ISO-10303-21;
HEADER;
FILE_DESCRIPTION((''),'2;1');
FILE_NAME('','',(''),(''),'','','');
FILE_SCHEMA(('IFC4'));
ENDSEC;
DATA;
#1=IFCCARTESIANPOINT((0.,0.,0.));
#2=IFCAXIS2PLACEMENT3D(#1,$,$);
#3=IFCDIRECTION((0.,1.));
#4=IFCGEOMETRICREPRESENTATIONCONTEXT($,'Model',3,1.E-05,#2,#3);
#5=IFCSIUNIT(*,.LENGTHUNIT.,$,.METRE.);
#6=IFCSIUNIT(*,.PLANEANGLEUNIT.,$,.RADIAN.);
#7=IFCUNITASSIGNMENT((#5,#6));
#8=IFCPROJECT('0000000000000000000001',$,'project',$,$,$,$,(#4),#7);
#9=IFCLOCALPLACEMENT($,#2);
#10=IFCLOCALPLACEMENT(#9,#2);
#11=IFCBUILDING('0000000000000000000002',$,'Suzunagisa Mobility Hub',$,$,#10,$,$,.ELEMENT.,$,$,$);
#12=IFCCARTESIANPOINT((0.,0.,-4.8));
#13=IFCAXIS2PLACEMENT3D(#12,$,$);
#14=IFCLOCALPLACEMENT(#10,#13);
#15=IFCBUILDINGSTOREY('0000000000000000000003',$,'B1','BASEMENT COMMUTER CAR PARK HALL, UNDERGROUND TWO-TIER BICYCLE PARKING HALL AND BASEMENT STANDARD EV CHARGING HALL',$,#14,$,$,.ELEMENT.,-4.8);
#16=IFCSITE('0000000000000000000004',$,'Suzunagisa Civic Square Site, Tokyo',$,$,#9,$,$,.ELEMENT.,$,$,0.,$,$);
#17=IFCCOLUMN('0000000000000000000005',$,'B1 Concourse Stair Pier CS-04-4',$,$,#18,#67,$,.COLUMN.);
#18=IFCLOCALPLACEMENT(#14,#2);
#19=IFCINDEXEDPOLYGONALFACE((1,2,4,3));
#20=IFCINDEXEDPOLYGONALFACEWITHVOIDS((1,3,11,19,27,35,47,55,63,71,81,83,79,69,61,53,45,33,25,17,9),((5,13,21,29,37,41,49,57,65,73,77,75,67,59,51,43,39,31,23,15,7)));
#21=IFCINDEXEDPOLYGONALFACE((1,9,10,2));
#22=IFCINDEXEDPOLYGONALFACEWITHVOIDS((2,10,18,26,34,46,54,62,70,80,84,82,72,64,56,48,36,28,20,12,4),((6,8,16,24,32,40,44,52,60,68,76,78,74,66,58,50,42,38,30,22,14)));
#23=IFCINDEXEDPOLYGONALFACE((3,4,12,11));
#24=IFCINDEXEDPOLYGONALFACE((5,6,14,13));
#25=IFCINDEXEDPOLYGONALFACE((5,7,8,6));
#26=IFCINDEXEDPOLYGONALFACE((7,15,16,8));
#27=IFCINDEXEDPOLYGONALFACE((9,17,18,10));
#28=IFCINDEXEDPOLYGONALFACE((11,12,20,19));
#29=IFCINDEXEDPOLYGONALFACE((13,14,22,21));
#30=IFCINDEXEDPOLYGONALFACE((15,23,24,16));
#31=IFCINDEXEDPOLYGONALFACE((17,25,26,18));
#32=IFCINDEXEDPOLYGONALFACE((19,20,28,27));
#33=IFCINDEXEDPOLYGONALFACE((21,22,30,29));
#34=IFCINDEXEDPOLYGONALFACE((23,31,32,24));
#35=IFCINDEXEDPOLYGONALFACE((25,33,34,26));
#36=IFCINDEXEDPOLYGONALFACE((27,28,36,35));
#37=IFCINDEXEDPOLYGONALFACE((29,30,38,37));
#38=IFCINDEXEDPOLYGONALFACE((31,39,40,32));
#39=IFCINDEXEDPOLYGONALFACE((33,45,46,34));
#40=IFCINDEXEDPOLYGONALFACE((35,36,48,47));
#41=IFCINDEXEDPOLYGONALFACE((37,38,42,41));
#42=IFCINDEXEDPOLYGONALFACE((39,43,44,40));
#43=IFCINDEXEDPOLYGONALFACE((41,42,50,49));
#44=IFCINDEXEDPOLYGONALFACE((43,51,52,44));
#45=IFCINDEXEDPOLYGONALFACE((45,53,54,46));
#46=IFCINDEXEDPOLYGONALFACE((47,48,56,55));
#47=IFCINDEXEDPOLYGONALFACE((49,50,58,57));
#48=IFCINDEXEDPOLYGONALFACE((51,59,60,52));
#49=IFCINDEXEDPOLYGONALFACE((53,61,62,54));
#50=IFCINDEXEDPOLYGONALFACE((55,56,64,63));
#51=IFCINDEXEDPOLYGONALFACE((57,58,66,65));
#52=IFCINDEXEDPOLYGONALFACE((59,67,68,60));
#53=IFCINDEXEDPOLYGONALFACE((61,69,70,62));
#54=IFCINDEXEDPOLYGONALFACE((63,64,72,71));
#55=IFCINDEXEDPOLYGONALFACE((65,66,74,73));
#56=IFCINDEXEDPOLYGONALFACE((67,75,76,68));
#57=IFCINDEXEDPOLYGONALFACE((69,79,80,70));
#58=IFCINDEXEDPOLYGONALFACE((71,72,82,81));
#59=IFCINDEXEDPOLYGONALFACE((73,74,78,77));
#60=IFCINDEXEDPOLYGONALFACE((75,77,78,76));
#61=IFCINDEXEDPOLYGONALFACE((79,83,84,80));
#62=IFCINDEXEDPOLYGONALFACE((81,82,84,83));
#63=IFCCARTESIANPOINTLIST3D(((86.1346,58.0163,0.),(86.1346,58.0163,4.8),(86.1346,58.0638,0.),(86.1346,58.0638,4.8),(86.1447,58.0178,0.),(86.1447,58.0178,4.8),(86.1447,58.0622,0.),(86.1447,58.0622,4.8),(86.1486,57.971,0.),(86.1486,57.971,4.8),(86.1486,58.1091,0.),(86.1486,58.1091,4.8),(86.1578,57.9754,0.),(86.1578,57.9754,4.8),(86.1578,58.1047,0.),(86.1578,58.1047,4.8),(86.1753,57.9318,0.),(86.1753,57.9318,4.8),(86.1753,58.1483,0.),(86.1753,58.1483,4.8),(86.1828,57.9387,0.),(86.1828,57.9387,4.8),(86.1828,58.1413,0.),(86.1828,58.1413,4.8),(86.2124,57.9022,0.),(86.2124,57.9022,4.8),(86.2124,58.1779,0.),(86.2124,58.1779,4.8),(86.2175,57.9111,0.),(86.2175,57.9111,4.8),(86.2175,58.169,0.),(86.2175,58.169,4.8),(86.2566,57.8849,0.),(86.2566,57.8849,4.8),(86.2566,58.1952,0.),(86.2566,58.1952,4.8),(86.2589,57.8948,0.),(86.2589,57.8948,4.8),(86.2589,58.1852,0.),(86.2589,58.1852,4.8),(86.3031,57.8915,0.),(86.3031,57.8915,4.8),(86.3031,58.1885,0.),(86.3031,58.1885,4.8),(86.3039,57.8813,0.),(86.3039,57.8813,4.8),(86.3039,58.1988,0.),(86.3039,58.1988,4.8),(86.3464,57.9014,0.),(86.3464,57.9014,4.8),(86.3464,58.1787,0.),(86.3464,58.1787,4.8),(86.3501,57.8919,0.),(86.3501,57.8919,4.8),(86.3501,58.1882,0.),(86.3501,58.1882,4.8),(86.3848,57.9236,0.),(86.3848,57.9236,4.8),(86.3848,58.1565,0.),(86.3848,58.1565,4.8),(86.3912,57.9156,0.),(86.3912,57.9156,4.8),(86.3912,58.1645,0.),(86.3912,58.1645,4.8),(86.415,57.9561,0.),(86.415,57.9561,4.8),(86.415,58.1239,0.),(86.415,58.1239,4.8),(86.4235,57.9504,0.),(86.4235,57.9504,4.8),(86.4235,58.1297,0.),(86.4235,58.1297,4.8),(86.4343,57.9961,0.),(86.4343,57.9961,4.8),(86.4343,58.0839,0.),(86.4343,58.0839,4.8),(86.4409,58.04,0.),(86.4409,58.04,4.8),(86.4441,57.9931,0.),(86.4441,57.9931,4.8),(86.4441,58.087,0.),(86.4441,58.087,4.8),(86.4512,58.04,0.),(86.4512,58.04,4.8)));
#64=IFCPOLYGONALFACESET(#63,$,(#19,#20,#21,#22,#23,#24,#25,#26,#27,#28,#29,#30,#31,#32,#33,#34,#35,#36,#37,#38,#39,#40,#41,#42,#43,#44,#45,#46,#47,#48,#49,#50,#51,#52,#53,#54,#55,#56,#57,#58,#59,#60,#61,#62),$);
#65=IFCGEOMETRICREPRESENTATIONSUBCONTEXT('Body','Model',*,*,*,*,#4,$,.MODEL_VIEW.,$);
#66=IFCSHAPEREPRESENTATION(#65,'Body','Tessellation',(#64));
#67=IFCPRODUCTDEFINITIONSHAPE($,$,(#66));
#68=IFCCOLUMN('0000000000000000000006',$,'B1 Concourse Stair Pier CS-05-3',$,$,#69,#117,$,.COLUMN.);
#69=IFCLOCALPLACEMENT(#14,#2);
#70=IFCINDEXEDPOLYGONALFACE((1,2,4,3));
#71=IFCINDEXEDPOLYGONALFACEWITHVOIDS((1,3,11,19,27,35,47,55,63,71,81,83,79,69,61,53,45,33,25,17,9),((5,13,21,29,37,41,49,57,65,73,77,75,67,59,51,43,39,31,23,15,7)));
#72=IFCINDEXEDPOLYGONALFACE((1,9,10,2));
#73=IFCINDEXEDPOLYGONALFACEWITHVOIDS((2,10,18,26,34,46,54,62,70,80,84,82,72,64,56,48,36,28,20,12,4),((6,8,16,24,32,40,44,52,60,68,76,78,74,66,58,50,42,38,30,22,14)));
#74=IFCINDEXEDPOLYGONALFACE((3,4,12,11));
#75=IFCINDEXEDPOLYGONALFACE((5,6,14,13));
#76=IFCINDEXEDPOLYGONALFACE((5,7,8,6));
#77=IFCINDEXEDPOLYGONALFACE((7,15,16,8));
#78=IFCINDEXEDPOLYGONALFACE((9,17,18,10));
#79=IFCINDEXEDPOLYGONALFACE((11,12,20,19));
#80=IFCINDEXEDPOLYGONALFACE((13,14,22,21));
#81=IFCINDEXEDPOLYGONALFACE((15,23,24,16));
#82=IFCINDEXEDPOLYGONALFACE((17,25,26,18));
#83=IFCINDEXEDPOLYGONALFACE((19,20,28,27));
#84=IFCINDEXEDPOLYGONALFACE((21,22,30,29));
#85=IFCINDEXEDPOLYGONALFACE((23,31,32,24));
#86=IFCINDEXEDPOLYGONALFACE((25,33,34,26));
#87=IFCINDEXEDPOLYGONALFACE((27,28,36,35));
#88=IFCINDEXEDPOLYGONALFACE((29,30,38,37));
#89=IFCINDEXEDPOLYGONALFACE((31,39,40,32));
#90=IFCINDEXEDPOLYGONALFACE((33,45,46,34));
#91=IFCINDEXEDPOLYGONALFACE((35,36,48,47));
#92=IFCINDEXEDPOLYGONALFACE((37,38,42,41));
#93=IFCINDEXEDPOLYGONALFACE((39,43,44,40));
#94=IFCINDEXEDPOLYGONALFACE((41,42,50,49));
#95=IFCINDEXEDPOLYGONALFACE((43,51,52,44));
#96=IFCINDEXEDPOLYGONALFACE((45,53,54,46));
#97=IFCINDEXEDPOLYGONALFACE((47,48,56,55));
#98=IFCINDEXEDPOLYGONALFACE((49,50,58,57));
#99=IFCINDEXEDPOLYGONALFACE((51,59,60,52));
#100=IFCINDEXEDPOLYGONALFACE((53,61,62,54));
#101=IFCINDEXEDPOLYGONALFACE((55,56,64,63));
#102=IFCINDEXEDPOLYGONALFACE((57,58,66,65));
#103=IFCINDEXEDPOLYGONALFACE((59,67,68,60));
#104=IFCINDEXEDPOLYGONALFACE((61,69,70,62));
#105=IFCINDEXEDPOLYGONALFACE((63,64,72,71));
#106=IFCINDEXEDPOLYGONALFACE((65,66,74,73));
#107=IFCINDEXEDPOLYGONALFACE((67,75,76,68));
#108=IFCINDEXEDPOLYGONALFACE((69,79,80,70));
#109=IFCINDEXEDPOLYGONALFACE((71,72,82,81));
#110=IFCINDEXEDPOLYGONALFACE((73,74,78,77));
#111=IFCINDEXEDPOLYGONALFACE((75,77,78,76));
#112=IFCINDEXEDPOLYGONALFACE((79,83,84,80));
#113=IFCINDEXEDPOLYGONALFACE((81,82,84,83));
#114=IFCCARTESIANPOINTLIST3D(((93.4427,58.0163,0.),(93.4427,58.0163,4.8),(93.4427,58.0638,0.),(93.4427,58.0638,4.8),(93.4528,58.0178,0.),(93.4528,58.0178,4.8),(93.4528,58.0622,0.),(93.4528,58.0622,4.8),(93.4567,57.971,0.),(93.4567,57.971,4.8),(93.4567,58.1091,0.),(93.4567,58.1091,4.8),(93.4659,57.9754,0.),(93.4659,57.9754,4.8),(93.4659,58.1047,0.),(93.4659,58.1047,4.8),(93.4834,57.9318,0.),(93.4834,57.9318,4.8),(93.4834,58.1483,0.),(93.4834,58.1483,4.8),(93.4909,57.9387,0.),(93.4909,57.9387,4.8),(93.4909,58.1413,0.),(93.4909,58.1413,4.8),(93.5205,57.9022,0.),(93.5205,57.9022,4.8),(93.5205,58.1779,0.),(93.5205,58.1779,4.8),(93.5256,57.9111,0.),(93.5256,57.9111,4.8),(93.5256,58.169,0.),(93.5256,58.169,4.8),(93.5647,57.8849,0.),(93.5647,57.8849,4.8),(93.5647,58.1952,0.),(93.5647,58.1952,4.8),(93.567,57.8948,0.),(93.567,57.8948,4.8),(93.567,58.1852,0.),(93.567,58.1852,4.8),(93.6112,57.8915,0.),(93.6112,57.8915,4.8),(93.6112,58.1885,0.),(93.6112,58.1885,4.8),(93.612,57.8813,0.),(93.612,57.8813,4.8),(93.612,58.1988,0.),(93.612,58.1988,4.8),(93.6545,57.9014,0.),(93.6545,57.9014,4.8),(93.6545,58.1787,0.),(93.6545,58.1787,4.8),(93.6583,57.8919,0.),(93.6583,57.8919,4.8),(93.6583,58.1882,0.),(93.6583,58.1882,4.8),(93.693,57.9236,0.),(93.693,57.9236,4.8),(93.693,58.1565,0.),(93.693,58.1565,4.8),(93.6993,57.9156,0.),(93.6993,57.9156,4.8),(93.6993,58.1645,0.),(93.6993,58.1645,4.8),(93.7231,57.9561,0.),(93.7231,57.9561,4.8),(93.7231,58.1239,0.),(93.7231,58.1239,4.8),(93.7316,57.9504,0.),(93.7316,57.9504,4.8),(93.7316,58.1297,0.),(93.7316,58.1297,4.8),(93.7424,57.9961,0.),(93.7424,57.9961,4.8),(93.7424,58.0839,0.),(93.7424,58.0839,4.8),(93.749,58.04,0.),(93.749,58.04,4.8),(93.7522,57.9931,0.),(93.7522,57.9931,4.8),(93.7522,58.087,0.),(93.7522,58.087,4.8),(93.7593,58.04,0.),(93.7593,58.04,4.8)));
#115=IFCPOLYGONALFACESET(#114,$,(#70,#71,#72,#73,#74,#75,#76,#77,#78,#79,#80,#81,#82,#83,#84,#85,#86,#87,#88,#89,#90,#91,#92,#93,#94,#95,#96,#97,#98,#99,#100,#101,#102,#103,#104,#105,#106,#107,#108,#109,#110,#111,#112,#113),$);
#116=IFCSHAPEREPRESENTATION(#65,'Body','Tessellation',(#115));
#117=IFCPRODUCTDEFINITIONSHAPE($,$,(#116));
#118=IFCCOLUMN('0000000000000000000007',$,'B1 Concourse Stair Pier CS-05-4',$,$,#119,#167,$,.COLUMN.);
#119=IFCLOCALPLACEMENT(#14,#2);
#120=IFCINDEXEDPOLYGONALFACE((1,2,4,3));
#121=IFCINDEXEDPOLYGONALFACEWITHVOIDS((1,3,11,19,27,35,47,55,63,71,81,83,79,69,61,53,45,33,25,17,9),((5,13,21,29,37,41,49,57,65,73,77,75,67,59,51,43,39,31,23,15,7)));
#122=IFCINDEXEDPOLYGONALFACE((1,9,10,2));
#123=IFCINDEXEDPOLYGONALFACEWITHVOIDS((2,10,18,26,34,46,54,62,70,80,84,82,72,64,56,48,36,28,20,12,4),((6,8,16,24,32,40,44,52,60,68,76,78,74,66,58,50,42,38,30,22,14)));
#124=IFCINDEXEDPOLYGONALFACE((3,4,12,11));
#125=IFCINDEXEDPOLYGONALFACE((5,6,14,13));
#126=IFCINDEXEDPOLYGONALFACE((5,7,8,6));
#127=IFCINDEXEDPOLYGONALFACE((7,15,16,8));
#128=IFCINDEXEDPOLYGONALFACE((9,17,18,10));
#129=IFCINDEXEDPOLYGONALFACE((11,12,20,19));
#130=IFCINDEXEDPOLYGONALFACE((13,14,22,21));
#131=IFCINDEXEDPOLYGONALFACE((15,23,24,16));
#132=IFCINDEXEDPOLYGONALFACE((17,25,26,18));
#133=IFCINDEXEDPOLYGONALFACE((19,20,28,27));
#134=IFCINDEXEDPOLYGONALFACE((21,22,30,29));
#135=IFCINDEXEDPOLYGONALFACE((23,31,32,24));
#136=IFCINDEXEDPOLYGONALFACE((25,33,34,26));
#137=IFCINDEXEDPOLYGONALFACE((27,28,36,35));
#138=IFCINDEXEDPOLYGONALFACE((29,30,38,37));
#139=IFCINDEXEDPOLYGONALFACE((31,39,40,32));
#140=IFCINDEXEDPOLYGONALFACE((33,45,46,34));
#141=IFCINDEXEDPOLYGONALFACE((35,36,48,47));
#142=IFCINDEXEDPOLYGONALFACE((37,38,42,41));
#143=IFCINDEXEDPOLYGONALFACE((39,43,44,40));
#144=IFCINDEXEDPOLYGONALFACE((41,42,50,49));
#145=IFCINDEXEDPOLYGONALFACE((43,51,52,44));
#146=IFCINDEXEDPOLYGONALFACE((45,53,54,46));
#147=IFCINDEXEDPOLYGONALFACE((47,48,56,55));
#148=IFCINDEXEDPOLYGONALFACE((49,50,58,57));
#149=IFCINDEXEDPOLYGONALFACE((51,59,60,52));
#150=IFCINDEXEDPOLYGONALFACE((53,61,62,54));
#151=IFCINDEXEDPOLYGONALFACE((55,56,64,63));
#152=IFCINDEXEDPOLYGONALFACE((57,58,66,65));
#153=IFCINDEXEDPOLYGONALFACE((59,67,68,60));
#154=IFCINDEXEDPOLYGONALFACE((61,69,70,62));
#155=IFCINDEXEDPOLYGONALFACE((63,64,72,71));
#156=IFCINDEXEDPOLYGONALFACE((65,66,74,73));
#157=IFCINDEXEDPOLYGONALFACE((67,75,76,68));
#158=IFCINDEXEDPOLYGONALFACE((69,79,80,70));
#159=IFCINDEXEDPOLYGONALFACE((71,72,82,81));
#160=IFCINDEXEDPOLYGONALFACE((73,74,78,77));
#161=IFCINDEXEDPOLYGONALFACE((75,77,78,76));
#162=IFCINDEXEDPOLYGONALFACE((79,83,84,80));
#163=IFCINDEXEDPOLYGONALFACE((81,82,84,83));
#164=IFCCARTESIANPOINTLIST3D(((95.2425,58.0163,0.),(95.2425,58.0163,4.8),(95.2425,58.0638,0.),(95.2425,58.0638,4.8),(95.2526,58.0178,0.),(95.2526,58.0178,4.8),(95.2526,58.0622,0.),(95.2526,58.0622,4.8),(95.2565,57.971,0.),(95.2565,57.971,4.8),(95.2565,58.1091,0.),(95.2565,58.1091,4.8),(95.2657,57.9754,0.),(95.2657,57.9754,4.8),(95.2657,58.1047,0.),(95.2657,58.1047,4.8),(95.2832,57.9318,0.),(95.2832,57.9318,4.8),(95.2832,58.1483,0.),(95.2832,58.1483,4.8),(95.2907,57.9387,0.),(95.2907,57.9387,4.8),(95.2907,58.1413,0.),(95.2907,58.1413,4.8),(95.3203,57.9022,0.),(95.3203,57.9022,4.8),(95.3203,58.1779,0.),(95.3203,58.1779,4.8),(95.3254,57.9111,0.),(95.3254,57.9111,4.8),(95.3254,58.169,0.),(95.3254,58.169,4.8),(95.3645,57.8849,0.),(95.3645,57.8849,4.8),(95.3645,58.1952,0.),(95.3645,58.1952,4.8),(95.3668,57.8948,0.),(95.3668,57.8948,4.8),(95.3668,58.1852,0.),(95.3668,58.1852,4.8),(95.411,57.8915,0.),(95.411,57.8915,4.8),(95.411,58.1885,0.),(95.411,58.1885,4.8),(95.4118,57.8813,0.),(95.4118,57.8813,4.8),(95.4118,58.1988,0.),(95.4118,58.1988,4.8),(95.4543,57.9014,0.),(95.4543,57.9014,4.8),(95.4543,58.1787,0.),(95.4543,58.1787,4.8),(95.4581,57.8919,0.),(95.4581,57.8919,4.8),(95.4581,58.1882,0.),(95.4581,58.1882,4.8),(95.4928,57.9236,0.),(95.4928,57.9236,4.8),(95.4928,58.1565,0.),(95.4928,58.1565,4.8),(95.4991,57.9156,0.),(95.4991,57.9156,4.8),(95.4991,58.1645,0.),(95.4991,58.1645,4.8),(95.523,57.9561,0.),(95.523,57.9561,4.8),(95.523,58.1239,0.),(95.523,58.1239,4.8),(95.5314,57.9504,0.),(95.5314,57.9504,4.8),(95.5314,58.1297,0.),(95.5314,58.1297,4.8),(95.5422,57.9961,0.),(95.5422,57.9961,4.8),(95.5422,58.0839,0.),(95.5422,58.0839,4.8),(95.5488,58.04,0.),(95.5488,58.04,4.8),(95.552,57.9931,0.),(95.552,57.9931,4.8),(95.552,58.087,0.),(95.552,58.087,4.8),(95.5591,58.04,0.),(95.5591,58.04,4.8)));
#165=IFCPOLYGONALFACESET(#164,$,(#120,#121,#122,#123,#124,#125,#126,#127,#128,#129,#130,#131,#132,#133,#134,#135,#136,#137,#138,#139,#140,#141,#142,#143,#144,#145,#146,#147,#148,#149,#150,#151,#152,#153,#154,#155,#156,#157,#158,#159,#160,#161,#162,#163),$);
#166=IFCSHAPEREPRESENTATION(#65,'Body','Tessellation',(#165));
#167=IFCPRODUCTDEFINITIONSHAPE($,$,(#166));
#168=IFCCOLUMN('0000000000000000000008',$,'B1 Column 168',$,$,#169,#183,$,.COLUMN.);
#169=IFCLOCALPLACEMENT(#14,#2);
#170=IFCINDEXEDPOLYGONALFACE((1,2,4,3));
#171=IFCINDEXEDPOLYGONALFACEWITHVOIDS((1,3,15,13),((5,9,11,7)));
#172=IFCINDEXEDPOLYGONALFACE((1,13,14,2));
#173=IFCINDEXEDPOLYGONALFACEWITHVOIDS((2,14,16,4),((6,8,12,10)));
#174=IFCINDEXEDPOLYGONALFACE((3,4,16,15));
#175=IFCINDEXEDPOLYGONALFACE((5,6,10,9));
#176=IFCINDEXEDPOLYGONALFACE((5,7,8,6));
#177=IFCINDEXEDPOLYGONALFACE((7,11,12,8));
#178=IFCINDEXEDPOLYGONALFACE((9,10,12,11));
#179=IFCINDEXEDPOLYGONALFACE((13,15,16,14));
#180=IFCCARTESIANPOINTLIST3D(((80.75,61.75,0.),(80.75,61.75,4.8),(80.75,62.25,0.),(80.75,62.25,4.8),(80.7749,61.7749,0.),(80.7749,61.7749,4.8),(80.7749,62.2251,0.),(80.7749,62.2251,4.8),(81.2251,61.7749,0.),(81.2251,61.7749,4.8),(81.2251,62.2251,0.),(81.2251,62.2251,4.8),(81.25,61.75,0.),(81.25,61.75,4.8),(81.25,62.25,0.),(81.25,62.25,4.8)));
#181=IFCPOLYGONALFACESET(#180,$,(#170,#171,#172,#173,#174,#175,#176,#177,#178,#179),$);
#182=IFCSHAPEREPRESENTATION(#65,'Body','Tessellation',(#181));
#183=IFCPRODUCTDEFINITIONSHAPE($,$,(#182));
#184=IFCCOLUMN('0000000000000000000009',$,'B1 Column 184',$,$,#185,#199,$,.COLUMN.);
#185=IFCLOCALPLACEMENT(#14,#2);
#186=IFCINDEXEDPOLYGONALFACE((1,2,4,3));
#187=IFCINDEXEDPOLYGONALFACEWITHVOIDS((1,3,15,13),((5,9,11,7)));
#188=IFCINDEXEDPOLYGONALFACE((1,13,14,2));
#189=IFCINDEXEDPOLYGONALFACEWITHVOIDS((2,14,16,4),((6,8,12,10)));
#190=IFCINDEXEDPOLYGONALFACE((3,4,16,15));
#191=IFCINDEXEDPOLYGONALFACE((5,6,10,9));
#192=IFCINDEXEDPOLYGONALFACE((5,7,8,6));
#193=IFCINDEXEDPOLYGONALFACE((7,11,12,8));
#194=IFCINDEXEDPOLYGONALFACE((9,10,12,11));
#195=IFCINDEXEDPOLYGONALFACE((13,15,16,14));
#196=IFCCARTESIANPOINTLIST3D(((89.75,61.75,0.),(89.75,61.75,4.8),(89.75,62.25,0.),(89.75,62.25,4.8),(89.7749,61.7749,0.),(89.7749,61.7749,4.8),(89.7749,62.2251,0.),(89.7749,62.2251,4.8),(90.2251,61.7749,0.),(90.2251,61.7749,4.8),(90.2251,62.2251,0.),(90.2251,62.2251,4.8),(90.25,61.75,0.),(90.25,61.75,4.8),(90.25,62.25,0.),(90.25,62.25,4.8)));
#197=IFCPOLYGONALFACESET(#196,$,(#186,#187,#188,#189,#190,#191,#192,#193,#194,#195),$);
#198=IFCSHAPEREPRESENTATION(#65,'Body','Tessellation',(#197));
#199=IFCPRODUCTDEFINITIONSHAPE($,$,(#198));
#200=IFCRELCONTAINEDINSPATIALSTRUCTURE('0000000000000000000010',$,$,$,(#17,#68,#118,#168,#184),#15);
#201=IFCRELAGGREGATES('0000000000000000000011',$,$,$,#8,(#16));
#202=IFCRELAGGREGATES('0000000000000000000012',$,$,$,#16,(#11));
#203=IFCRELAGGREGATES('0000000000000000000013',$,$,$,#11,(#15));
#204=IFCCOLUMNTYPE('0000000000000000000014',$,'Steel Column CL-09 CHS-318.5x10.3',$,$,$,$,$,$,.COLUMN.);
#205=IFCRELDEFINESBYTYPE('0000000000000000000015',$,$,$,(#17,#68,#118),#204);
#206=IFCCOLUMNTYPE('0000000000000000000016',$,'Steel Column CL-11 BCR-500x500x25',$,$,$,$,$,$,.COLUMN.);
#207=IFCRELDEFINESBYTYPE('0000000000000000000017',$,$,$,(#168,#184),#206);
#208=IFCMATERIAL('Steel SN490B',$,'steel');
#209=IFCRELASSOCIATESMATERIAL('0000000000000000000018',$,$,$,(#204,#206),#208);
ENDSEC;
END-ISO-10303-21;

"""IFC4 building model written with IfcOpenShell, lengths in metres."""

from ifc_helpers import new_model, si_unit, direction, frame, origin, origin_2d, place, context, subcontext, project, spatial, hollow_rectangle, hollow_circle, extrude, material, material_profile, profile_set, type_object, element, save


model = new_model("IFC4")

# Units and contexts
model_context = context("Model", 3, precision=1e-05, world=origin(), true_north=direction((0.0, 1.0)))
body_context = subcontext(model_context, "Body", "Model", "MODEL_VIEW")
ifc_project = project(units=[si_unit("LENGTHUNIT", "METRE"), si_unit("PLANEANGLEUNIT", "RADIAN")], contexts=[model_context])

# Site, building, storey
site_placement = place(None, origin())
site = spatial("IfcSite", under=ifc_project, at=site_placement, Name="Suzunagisa Civic Square Site, Tokyo", CompositionType="ELEMENT", RefElevation=0.0)
building_placement = place(site_placement, origin())
building = spatial("IfcBuilding", under=site, at=building_placement, Name="Suzunagisa Mobility Hub", CompositionType="ELEMENT")
storey_placement = place(building_placement, frame((0.0, 0.0, -4.8)))
storey = spatial("IfcBuildingStorey", under=building, at=storey_placement, Name="B1", Description="BASEMENT COMMUTER CAR PARK HALL, UNDERGROUND TWO-TIER BICYCLE PARKING HALL AND BASEMENT STANDARD EV CHARGING HALL", CompositionType="ELEMENT", Elevation=-4.8)

# Columns
ifc_material_1 = material(Name="Steel SN490B", Category="steel")
ifc_material_profile_1 = material_profile(ifc_material_1, hollow_circle(Radius=0.1592, WallThickness=0.0103, at=origin_2d()), Name="CHS-318.5x10.3")
ifc_profile_set_1 = profile_set([ifc_material_profile_1], Name="Steel SN490B")
column_type_1 = type_object("IfcColumnType", Name="Steel Column CL-09 CHS-318.5x10.3", PredefinedType="COLUMN", material=ifc_profile_set_1)
for number, where, z_axis, x_axis, name in (
    (1, (86.292, 58.04, 0.0), (0.0, 0.0, 1.0), (1.0, 0.0, 0.0), "B1 Concourse Stair Pier CS-04-4"),
    (2, (93.6001, 58.04, 0.0), (0.0, 0.0, 1.0), (1.0, 0.0, 0.0), "B1 Concourse Stair Pier CS-05-3"),
    (3, (95.3999, 58.04, 0.0), (0.0, 0.0, 1.0), (1.0, 0.0, 0.0), "B1 Concourse Stair Pier CS-05-4"),
):
    element("IfcColumn", number, at=place(storey_placement, frame(where, z_axis=z_axis, x_axis=x_axis)), inside=storey, type_object=column_type_1, Name=name, PredefinedType="COLUMN", context=body_context, shape_type="SweptSolid", body=[
        extrude(hollow_circle(Radius=0.1592, WallThickness=0.0103, at=origin_2d()), origin(), (0.0, 0.0, 1.0), 4.8),
    ])
ifc_material_profile_2 = material_profile(ifc_material_1, hollow_rectangle(XDim=0.5, YDim=0.5, WallThickness=0.0249, at=origin_2d()), Name="BCR-500x500x25")
ifc_profile_set_2 = profile_set([ifc_material_profile_2], Name="Steel SN490B")
column_type_2 = type_object("IfcColumnType", Name="Steel Column CL-11 BCR-500x500x25", PredefinedType="COLUMN", material=ifc_profile_set_2)
for number, where, z_axis, x_axis, name in (
    (4, (81.0, 62.0, 0.0), (0.0, 0.0, 1.0), (1.0, 0.0, 0.0), "B1 Column 168"),
    (5, (90.0, 62.0, 0.0), (0.0, 0.0, 1.0), (1.0, 0.0, 0.0), "B1 Column 184"),
):
    element("IfcColumn", number, at=place(storey_placement, frame(where, z_axis=z_axis, x_axis=x_axis)), inside=storey, type_object=column_type_2, Name=name, PredefinedType="COLUMN", context=body_context, shape_type="SweptSolid", body=[
        extrude(hollow_rectangle(XDim=0.5, YDim=0.5, WallThickness=0.0249, at=origin_2d()), origin(), (0.0, 0.0, 1.0), 4.8),
    ])

save(model, "model.ifc")
